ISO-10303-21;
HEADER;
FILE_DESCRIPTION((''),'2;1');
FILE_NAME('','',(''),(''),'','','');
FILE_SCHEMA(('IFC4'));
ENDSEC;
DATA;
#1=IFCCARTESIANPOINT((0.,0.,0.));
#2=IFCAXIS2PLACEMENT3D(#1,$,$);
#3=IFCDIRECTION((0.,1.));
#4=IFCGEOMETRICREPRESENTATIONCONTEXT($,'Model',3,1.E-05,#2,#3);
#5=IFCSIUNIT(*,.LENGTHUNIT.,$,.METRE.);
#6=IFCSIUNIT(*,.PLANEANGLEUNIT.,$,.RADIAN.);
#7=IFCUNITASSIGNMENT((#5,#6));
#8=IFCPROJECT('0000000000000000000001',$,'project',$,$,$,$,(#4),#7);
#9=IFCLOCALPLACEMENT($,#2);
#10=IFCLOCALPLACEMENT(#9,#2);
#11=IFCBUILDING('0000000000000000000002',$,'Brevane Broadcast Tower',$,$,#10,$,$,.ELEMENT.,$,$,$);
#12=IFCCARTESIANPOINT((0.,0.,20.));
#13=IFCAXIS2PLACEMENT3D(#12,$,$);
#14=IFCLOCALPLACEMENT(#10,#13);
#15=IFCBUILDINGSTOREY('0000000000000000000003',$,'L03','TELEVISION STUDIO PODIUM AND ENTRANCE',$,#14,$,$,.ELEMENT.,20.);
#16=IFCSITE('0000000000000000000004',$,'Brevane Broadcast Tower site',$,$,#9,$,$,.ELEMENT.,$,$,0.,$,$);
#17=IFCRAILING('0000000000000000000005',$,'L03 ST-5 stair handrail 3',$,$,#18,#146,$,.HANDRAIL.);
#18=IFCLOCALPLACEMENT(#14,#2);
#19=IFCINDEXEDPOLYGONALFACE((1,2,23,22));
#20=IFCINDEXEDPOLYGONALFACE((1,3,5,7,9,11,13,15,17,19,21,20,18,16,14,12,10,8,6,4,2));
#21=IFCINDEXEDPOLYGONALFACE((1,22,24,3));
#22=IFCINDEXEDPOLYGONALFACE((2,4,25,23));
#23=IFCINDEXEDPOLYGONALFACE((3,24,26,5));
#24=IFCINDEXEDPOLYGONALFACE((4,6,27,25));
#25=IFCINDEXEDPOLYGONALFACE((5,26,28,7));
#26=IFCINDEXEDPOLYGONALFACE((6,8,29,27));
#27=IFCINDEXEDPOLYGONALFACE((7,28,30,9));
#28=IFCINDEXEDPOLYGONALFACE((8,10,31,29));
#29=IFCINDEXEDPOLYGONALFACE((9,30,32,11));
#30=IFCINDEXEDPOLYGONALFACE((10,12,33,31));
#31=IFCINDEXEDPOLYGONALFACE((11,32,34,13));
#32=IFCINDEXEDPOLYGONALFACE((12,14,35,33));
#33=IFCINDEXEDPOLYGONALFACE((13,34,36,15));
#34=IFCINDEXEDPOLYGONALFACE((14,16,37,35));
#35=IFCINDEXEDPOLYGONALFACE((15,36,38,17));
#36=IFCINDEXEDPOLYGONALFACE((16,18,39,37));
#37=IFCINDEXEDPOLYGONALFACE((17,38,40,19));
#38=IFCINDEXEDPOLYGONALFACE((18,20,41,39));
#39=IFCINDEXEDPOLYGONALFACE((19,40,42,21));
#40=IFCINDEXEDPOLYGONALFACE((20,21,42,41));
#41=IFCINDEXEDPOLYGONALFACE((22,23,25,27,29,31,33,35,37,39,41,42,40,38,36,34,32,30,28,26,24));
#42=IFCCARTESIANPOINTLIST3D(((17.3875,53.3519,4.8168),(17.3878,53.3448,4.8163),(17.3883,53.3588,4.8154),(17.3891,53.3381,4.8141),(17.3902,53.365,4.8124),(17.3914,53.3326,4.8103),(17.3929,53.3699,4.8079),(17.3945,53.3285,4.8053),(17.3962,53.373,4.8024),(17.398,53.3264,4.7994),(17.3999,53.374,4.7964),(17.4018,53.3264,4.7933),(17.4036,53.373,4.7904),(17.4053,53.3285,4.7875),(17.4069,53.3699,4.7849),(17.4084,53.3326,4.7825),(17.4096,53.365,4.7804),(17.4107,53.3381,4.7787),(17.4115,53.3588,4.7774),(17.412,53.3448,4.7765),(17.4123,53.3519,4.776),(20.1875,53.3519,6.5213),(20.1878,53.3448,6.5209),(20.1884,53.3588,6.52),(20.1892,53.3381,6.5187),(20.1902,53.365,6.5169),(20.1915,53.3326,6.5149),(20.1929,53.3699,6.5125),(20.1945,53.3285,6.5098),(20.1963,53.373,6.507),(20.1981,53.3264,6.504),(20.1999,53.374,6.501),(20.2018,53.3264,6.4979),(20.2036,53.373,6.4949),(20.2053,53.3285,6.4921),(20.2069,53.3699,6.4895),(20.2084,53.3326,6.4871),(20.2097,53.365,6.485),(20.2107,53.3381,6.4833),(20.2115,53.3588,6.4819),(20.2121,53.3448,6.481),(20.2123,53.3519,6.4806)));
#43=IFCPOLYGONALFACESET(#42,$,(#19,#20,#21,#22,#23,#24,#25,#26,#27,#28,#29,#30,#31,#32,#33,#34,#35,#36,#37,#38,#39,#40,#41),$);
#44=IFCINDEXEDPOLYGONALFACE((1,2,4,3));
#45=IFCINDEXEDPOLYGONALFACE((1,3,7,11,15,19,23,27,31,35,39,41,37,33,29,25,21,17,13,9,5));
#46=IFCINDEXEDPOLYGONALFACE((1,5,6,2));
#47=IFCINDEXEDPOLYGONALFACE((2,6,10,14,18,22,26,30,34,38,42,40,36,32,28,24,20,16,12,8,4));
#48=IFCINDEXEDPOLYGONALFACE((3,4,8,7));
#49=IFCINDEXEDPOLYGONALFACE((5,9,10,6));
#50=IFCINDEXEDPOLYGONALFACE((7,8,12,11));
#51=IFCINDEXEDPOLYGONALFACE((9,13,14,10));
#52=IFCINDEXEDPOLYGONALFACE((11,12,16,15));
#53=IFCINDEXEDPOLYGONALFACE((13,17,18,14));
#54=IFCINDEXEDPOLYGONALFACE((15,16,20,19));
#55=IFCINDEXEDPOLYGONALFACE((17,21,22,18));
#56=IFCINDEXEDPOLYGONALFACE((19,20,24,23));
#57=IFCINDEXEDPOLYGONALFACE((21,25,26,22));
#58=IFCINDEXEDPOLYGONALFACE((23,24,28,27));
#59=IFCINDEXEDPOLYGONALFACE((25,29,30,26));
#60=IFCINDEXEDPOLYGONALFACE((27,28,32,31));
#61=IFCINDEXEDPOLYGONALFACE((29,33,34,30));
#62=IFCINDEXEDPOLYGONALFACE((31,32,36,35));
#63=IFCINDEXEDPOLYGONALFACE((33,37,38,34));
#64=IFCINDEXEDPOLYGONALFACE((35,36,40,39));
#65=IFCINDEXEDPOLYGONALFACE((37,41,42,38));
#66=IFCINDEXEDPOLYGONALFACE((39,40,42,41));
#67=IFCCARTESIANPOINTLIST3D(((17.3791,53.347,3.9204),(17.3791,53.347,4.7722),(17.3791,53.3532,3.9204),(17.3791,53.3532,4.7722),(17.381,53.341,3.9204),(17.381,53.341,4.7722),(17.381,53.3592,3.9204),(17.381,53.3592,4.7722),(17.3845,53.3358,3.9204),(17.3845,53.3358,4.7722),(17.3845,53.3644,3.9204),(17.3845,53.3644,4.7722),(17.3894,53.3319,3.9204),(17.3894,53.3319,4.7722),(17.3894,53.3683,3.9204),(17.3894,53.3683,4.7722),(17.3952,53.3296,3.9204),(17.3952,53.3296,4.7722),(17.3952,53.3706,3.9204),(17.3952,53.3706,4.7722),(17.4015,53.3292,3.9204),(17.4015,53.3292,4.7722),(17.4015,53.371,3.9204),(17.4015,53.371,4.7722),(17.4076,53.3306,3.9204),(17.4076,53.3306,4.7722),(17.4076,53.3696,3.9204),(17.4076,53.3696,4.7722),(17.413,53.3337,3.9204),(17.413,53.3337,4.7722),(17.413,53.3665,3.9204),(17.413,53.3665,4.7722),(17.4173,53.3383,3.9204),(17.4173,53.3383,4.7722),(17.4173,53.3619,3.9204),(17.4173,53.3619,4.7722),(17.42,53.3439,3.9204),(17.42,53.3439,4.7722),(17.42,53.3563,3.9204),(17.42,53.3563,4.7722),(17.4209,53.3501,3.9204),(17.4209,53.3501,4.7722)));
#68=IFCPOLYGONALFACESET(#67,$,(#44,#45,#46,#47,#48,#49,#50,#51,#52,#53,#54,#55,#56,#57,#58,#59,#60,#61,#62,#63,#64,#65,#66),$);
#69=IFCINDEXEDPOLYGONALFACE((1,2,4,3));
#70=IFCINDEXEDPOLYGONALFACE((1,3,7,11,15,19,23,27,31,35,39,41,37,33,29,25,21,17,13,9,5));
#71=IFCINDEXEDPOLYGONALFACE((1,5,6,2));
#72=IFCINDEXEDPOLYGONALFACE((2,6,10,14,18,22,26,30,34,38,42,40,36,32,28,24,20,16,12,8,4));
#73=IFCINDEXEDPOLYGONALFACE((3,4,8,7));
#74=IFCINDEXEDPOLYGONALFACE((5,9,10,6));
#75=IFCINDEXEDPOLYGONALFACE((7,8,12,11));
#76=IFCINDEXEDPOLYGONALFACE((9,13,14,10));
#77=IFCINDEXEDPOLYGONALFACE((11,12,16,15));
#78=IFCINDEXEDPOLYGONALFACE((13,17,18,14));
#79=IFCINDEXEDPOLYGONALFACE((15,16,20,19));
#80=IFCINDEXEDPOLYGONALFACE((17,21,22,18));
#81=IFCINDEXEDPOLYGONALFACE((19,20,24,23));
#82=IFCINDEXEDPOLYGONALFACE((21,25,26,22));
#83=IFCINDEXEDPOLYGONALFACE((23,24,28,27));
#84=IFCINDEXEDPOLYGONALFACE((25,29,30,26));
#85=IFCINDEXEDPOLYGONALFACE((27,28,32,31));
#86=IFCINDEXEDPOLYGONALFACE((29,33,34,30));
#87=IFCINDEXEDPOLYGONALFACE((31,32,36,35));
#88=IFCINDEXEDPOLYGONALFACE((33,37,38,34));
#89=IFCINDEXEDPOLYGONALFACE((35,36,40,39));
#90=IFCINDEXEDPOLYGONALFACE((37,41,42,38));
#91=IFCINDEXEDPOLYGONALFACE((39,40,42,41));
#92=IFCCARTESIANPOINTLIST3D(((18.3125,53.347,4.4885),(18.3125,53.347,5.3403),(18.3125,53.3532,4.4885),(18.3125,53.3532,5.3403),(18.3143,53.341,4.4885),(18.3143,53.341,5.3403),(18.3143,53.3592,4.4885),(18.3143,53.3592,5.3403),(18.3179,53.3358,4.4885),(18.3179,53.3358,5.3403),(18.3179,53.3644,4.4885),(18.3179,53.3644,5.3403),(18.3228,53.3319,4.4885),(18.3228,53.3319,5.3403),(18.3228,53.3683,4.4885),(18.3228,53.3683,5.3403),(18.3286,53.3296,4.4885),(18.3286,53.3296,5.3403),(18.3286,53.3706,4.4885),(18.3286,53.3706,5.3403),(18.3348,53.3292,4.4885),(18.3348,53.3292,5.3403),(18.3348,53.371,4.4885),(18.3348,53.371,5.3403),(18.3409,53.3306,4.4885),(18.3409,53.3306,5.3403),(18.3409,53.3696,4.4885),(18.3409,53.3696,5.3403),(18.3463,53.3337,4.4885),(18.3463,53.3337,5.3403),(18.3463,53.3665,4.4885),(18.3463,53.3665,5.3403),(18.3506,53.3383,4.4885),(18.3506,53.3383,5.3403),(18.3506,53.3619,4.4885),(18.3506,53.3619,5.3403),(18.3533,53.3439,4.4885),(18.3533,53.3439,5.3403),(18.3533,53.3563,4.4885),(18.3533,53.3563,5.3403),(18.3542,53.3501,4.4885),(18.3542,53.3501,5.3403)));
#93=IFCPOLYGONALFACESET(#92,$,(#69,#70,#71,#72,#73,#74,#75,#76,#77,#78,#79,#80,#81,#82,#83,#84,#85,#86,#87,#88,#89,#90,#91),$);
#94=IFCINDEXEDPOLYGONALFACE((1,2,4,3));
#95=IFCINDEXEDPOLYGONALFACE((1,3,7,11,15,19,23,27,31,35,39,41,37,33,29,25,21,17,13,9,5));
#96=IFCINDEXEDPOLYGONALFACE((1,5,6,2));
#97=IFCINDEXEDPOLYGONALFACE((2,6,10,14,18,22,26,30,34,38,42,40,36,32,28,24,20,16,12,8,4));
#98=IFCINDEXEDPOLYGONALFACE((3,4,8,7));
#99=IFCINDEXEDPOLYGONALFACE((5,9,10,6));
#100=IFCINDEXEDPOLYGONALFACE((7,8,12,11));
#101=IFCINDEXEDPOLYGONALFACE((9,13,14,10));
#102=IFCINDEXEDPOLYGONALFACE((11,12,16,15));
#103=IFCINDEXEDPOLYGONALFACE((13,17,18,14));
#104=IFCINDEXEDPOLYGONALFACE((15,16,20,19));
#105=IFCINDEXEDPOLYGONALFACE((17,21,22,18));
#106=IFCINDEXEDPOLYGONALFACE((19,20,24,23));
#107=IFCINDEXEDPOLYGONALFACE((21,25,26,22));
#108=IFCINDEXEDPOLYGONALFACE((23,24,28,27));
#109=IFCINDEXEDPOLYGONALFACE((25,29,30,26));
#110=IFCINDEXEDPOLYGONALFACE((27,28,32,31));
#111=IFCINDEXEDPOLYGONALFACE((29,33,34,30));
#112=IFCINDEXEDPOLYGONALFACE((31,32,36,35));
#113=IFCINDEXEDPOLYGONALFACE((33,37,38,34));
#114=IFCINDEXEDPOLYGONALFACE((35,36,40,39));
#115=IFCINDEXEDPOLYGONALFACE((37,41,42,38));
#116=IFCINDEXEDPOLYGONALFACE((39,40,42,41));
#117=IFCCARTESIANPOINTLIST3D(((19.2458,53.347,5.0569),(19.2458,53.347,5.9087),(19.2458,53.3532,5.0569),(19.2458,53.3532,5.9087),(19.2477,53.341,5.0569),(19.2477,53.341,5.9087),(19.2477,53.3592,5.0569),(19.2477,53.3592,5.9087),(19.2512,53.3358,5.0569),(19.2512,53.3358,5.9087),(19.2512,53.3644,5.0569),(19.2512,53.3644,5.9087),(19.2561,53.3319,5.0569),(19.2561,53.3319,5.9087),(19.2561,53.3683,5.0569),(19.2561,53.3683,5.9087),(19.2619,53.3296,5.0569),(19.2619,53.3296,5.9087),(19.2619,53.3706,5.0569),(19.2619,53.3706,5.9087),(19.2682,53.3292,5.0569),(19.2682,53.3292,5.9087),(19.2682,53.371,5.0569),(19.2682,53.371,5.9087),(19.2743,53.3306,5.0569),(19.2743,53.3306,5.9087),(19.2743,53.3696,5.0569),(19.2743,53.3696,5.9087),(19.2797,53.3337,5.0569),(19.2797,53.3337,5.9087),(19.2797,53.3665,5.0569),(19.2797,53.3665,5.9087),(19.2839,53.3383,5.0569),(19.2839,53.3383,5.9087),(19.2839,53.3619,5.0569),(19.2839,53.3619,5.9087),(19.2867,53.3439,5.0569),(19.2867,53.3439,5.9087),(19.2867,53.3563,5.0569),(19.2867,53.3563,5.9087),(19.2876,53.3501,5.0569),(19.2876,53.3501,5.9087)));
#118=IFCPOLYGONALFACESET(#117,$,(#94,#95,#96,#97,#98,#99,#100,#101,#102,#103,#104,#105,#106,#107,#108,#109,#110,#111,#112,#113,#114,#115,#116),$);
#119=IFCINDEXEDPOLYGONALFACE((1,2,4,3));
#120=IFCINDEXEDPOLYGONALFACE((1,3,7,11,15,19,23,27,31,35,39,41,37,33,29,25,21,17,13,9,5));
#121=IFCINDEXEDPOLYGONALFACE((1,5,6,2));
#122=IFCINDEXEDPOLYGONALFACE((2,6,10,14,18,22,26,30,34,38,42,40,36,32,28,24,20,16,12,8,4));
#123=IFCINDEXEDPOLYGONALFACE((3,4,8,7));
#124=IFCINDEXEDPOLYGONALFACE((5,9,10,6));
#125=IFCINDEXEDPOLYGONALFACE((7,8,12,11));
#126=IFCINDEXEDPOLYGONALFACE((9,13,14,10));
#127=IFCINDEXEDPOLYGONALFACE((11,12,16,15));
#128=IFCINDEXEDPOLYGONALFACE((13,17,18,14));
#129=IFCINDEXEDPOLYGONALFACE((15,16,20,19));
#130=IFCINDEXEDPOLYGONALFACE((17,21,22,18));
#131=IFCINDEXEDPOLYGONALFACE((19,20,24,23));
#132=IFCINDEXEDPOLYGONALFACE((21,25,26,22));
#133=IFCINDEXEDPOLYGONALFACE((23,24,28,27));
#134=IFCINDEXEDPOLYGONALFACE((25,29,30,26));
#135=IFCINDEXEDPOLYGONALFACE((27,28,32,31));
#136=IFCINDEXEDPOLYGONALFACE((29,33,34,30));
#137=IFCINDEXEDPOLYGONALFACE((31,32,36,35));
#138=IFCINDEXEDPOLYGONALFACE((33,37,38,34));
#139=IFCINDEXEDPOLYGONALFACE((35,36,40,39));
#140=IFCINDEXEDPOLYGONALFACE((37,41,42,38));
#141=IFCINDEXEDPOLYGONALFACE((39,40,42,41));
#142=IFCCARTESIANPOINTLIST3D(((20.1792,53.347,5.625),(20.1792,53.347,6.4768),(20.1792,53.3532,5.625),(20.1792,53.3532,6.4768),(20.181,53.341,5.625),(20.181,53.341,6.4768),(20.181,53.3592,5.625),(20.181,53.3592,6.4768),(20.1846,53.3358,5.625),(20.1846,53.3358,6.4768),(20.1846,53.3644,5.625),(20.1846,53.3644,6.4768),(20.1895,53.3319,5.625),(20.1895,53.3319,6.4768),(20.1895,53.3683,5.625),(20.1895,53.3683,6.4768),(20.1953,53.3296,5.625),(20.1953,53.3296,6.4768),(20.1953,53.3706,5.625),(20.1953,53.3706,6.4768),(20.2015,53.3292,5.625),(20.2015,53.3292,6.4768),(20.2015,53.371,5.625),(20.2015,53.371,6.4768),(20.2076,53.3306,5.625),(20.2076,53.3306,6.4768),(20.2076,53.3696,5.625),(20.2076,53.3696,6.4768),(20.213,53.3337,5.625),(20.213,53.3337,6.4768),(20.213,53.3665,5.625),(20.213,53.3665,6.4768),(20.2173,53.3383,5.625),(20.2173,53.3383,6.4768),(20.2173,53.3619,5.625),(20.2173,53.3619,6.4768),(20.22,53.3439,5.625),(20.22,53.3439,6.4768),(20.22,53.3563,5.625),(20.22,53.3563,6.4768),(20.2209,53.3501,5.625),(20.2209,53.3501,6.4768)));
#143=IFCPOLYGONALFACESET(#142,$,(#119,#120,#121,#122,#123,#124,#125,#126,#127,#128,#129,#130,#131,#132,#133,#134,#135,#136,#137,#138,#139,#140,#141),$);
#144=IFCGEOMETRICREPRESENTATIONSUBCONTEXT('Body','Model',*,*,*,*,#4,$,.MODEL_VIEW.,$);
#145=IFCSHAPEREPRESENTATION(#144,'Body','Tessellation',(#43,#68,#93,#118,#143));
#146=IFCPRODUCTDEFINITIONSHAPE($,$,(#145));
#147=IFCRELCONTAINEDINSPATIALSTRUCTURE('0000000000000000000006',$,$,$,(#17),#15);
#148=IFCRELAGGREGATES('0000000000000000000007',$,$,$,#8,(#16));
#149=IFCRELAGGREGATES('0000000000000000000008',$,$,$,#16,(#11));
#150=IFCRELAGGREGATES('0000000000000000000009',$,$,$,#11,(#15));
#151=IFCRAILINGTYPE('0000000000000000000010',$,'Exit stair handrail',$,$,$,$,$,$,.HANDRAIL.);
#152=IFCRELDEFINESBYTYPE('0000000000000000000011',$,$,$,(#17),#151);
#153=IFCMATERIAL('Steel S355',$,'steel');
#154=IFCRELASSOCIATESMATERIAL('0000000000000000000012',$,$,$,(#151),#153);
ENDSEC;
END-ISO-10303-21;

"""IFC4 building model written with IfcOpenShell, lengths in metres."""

from ifc_helpers import new_model, si_unit, direction, frame, origin, origin_2d, place, context, subcontext, project, spatial, circle, extrude, material, type_object, element, save


model = new_model("IFC4")

# Units and contexts
model_context = context("Model", 3, precision=1e-05, world=origin(), true_north=direction((0.0, 1.0)))
body_context = subcontext(model_context, "Body", "Model", "MODEL_VIEW")
ifc_project = project(units=[si_unit("LENGTHUNIT", "METRE"), si_unit("PLANEANGLEUNIT", "RADIAN")], contexts=[model_context])

# Site, building, storey
site_placement = place(None, origin())
site = spatial("IfcSite", under=ifc_project, at=site_placement, Name="Brevane Broadcast Tower site", CompositionType="ELEMENT", RefElevation=0.0)
building_placement = place(site_placement, origin())
building = spatial("IfcBuilding", under=site, at=building_placement, Name="Brevane Broadcast Tower", CompositionType="ELEMENT")
storey_placement = place(building_placement, frame((0.0, 0.0, 20.0)))
storey = spatial("IfcBuildingStorey", under=building, at=storey_placement, Name="L03", Description="TELEVISION STUDIO PODIUM AND ENTRANCE", CompositionType="ELEMENT", Elevation=20.0)

# Railing
ifc_material_1 = material(Name="Steel S355", Category="steel")
railing_type_1 = type_object("IfcRailingType", Name="Exit stair handrail", PredefinedType="HANDRAIL", material=ifc_material_1)
for number, where, name in (
    (1, (17.3999, 53.3501, 3.9204), "L03 ST-5 stair handrail 3"),
):
    element("IfcRailing", number, at=place(storey_placement, frame(where)), inside=storey, type_object=railing_type_1, Name=name, PredefinedType="HANDRAIL", context=body_context, shape_type="SweptSolid", body=[
        extrude(circle(Radius=0.0239, at=origin_2d()), frame((0.0, 0.0, 0.876), z_axis=(0.85417, 0.0, 0.519994), x_axis=(0.0, 1.0, 0.0)), (0.0, 0.0, 1.0), 3.2781),
        extrude(circle(Radius=0.021, at=origin_2d()), origin(), (0.0, 0.0, 1.0), 0.8518),
        extrude(circle(Radius=0.021, at=origin_2d()), frame((0.9333, 0.0, 0.5681)), (0.0, 0.0, 1.0), 0.8518),
        extrude(circle(Radius=0.021, at=origin_2d()), frame((1.8667, 0.0, 1.1365)), (0.0, 0.0, 1.0), 0.8518),
        extrude(circle(Radius=0.021, at=origin_2d()), frame((2.8, 0.0, 1.7046)), (0.0, 0.0, 1.0), 0.8518),
    ])

save(model, "model.ifc")
